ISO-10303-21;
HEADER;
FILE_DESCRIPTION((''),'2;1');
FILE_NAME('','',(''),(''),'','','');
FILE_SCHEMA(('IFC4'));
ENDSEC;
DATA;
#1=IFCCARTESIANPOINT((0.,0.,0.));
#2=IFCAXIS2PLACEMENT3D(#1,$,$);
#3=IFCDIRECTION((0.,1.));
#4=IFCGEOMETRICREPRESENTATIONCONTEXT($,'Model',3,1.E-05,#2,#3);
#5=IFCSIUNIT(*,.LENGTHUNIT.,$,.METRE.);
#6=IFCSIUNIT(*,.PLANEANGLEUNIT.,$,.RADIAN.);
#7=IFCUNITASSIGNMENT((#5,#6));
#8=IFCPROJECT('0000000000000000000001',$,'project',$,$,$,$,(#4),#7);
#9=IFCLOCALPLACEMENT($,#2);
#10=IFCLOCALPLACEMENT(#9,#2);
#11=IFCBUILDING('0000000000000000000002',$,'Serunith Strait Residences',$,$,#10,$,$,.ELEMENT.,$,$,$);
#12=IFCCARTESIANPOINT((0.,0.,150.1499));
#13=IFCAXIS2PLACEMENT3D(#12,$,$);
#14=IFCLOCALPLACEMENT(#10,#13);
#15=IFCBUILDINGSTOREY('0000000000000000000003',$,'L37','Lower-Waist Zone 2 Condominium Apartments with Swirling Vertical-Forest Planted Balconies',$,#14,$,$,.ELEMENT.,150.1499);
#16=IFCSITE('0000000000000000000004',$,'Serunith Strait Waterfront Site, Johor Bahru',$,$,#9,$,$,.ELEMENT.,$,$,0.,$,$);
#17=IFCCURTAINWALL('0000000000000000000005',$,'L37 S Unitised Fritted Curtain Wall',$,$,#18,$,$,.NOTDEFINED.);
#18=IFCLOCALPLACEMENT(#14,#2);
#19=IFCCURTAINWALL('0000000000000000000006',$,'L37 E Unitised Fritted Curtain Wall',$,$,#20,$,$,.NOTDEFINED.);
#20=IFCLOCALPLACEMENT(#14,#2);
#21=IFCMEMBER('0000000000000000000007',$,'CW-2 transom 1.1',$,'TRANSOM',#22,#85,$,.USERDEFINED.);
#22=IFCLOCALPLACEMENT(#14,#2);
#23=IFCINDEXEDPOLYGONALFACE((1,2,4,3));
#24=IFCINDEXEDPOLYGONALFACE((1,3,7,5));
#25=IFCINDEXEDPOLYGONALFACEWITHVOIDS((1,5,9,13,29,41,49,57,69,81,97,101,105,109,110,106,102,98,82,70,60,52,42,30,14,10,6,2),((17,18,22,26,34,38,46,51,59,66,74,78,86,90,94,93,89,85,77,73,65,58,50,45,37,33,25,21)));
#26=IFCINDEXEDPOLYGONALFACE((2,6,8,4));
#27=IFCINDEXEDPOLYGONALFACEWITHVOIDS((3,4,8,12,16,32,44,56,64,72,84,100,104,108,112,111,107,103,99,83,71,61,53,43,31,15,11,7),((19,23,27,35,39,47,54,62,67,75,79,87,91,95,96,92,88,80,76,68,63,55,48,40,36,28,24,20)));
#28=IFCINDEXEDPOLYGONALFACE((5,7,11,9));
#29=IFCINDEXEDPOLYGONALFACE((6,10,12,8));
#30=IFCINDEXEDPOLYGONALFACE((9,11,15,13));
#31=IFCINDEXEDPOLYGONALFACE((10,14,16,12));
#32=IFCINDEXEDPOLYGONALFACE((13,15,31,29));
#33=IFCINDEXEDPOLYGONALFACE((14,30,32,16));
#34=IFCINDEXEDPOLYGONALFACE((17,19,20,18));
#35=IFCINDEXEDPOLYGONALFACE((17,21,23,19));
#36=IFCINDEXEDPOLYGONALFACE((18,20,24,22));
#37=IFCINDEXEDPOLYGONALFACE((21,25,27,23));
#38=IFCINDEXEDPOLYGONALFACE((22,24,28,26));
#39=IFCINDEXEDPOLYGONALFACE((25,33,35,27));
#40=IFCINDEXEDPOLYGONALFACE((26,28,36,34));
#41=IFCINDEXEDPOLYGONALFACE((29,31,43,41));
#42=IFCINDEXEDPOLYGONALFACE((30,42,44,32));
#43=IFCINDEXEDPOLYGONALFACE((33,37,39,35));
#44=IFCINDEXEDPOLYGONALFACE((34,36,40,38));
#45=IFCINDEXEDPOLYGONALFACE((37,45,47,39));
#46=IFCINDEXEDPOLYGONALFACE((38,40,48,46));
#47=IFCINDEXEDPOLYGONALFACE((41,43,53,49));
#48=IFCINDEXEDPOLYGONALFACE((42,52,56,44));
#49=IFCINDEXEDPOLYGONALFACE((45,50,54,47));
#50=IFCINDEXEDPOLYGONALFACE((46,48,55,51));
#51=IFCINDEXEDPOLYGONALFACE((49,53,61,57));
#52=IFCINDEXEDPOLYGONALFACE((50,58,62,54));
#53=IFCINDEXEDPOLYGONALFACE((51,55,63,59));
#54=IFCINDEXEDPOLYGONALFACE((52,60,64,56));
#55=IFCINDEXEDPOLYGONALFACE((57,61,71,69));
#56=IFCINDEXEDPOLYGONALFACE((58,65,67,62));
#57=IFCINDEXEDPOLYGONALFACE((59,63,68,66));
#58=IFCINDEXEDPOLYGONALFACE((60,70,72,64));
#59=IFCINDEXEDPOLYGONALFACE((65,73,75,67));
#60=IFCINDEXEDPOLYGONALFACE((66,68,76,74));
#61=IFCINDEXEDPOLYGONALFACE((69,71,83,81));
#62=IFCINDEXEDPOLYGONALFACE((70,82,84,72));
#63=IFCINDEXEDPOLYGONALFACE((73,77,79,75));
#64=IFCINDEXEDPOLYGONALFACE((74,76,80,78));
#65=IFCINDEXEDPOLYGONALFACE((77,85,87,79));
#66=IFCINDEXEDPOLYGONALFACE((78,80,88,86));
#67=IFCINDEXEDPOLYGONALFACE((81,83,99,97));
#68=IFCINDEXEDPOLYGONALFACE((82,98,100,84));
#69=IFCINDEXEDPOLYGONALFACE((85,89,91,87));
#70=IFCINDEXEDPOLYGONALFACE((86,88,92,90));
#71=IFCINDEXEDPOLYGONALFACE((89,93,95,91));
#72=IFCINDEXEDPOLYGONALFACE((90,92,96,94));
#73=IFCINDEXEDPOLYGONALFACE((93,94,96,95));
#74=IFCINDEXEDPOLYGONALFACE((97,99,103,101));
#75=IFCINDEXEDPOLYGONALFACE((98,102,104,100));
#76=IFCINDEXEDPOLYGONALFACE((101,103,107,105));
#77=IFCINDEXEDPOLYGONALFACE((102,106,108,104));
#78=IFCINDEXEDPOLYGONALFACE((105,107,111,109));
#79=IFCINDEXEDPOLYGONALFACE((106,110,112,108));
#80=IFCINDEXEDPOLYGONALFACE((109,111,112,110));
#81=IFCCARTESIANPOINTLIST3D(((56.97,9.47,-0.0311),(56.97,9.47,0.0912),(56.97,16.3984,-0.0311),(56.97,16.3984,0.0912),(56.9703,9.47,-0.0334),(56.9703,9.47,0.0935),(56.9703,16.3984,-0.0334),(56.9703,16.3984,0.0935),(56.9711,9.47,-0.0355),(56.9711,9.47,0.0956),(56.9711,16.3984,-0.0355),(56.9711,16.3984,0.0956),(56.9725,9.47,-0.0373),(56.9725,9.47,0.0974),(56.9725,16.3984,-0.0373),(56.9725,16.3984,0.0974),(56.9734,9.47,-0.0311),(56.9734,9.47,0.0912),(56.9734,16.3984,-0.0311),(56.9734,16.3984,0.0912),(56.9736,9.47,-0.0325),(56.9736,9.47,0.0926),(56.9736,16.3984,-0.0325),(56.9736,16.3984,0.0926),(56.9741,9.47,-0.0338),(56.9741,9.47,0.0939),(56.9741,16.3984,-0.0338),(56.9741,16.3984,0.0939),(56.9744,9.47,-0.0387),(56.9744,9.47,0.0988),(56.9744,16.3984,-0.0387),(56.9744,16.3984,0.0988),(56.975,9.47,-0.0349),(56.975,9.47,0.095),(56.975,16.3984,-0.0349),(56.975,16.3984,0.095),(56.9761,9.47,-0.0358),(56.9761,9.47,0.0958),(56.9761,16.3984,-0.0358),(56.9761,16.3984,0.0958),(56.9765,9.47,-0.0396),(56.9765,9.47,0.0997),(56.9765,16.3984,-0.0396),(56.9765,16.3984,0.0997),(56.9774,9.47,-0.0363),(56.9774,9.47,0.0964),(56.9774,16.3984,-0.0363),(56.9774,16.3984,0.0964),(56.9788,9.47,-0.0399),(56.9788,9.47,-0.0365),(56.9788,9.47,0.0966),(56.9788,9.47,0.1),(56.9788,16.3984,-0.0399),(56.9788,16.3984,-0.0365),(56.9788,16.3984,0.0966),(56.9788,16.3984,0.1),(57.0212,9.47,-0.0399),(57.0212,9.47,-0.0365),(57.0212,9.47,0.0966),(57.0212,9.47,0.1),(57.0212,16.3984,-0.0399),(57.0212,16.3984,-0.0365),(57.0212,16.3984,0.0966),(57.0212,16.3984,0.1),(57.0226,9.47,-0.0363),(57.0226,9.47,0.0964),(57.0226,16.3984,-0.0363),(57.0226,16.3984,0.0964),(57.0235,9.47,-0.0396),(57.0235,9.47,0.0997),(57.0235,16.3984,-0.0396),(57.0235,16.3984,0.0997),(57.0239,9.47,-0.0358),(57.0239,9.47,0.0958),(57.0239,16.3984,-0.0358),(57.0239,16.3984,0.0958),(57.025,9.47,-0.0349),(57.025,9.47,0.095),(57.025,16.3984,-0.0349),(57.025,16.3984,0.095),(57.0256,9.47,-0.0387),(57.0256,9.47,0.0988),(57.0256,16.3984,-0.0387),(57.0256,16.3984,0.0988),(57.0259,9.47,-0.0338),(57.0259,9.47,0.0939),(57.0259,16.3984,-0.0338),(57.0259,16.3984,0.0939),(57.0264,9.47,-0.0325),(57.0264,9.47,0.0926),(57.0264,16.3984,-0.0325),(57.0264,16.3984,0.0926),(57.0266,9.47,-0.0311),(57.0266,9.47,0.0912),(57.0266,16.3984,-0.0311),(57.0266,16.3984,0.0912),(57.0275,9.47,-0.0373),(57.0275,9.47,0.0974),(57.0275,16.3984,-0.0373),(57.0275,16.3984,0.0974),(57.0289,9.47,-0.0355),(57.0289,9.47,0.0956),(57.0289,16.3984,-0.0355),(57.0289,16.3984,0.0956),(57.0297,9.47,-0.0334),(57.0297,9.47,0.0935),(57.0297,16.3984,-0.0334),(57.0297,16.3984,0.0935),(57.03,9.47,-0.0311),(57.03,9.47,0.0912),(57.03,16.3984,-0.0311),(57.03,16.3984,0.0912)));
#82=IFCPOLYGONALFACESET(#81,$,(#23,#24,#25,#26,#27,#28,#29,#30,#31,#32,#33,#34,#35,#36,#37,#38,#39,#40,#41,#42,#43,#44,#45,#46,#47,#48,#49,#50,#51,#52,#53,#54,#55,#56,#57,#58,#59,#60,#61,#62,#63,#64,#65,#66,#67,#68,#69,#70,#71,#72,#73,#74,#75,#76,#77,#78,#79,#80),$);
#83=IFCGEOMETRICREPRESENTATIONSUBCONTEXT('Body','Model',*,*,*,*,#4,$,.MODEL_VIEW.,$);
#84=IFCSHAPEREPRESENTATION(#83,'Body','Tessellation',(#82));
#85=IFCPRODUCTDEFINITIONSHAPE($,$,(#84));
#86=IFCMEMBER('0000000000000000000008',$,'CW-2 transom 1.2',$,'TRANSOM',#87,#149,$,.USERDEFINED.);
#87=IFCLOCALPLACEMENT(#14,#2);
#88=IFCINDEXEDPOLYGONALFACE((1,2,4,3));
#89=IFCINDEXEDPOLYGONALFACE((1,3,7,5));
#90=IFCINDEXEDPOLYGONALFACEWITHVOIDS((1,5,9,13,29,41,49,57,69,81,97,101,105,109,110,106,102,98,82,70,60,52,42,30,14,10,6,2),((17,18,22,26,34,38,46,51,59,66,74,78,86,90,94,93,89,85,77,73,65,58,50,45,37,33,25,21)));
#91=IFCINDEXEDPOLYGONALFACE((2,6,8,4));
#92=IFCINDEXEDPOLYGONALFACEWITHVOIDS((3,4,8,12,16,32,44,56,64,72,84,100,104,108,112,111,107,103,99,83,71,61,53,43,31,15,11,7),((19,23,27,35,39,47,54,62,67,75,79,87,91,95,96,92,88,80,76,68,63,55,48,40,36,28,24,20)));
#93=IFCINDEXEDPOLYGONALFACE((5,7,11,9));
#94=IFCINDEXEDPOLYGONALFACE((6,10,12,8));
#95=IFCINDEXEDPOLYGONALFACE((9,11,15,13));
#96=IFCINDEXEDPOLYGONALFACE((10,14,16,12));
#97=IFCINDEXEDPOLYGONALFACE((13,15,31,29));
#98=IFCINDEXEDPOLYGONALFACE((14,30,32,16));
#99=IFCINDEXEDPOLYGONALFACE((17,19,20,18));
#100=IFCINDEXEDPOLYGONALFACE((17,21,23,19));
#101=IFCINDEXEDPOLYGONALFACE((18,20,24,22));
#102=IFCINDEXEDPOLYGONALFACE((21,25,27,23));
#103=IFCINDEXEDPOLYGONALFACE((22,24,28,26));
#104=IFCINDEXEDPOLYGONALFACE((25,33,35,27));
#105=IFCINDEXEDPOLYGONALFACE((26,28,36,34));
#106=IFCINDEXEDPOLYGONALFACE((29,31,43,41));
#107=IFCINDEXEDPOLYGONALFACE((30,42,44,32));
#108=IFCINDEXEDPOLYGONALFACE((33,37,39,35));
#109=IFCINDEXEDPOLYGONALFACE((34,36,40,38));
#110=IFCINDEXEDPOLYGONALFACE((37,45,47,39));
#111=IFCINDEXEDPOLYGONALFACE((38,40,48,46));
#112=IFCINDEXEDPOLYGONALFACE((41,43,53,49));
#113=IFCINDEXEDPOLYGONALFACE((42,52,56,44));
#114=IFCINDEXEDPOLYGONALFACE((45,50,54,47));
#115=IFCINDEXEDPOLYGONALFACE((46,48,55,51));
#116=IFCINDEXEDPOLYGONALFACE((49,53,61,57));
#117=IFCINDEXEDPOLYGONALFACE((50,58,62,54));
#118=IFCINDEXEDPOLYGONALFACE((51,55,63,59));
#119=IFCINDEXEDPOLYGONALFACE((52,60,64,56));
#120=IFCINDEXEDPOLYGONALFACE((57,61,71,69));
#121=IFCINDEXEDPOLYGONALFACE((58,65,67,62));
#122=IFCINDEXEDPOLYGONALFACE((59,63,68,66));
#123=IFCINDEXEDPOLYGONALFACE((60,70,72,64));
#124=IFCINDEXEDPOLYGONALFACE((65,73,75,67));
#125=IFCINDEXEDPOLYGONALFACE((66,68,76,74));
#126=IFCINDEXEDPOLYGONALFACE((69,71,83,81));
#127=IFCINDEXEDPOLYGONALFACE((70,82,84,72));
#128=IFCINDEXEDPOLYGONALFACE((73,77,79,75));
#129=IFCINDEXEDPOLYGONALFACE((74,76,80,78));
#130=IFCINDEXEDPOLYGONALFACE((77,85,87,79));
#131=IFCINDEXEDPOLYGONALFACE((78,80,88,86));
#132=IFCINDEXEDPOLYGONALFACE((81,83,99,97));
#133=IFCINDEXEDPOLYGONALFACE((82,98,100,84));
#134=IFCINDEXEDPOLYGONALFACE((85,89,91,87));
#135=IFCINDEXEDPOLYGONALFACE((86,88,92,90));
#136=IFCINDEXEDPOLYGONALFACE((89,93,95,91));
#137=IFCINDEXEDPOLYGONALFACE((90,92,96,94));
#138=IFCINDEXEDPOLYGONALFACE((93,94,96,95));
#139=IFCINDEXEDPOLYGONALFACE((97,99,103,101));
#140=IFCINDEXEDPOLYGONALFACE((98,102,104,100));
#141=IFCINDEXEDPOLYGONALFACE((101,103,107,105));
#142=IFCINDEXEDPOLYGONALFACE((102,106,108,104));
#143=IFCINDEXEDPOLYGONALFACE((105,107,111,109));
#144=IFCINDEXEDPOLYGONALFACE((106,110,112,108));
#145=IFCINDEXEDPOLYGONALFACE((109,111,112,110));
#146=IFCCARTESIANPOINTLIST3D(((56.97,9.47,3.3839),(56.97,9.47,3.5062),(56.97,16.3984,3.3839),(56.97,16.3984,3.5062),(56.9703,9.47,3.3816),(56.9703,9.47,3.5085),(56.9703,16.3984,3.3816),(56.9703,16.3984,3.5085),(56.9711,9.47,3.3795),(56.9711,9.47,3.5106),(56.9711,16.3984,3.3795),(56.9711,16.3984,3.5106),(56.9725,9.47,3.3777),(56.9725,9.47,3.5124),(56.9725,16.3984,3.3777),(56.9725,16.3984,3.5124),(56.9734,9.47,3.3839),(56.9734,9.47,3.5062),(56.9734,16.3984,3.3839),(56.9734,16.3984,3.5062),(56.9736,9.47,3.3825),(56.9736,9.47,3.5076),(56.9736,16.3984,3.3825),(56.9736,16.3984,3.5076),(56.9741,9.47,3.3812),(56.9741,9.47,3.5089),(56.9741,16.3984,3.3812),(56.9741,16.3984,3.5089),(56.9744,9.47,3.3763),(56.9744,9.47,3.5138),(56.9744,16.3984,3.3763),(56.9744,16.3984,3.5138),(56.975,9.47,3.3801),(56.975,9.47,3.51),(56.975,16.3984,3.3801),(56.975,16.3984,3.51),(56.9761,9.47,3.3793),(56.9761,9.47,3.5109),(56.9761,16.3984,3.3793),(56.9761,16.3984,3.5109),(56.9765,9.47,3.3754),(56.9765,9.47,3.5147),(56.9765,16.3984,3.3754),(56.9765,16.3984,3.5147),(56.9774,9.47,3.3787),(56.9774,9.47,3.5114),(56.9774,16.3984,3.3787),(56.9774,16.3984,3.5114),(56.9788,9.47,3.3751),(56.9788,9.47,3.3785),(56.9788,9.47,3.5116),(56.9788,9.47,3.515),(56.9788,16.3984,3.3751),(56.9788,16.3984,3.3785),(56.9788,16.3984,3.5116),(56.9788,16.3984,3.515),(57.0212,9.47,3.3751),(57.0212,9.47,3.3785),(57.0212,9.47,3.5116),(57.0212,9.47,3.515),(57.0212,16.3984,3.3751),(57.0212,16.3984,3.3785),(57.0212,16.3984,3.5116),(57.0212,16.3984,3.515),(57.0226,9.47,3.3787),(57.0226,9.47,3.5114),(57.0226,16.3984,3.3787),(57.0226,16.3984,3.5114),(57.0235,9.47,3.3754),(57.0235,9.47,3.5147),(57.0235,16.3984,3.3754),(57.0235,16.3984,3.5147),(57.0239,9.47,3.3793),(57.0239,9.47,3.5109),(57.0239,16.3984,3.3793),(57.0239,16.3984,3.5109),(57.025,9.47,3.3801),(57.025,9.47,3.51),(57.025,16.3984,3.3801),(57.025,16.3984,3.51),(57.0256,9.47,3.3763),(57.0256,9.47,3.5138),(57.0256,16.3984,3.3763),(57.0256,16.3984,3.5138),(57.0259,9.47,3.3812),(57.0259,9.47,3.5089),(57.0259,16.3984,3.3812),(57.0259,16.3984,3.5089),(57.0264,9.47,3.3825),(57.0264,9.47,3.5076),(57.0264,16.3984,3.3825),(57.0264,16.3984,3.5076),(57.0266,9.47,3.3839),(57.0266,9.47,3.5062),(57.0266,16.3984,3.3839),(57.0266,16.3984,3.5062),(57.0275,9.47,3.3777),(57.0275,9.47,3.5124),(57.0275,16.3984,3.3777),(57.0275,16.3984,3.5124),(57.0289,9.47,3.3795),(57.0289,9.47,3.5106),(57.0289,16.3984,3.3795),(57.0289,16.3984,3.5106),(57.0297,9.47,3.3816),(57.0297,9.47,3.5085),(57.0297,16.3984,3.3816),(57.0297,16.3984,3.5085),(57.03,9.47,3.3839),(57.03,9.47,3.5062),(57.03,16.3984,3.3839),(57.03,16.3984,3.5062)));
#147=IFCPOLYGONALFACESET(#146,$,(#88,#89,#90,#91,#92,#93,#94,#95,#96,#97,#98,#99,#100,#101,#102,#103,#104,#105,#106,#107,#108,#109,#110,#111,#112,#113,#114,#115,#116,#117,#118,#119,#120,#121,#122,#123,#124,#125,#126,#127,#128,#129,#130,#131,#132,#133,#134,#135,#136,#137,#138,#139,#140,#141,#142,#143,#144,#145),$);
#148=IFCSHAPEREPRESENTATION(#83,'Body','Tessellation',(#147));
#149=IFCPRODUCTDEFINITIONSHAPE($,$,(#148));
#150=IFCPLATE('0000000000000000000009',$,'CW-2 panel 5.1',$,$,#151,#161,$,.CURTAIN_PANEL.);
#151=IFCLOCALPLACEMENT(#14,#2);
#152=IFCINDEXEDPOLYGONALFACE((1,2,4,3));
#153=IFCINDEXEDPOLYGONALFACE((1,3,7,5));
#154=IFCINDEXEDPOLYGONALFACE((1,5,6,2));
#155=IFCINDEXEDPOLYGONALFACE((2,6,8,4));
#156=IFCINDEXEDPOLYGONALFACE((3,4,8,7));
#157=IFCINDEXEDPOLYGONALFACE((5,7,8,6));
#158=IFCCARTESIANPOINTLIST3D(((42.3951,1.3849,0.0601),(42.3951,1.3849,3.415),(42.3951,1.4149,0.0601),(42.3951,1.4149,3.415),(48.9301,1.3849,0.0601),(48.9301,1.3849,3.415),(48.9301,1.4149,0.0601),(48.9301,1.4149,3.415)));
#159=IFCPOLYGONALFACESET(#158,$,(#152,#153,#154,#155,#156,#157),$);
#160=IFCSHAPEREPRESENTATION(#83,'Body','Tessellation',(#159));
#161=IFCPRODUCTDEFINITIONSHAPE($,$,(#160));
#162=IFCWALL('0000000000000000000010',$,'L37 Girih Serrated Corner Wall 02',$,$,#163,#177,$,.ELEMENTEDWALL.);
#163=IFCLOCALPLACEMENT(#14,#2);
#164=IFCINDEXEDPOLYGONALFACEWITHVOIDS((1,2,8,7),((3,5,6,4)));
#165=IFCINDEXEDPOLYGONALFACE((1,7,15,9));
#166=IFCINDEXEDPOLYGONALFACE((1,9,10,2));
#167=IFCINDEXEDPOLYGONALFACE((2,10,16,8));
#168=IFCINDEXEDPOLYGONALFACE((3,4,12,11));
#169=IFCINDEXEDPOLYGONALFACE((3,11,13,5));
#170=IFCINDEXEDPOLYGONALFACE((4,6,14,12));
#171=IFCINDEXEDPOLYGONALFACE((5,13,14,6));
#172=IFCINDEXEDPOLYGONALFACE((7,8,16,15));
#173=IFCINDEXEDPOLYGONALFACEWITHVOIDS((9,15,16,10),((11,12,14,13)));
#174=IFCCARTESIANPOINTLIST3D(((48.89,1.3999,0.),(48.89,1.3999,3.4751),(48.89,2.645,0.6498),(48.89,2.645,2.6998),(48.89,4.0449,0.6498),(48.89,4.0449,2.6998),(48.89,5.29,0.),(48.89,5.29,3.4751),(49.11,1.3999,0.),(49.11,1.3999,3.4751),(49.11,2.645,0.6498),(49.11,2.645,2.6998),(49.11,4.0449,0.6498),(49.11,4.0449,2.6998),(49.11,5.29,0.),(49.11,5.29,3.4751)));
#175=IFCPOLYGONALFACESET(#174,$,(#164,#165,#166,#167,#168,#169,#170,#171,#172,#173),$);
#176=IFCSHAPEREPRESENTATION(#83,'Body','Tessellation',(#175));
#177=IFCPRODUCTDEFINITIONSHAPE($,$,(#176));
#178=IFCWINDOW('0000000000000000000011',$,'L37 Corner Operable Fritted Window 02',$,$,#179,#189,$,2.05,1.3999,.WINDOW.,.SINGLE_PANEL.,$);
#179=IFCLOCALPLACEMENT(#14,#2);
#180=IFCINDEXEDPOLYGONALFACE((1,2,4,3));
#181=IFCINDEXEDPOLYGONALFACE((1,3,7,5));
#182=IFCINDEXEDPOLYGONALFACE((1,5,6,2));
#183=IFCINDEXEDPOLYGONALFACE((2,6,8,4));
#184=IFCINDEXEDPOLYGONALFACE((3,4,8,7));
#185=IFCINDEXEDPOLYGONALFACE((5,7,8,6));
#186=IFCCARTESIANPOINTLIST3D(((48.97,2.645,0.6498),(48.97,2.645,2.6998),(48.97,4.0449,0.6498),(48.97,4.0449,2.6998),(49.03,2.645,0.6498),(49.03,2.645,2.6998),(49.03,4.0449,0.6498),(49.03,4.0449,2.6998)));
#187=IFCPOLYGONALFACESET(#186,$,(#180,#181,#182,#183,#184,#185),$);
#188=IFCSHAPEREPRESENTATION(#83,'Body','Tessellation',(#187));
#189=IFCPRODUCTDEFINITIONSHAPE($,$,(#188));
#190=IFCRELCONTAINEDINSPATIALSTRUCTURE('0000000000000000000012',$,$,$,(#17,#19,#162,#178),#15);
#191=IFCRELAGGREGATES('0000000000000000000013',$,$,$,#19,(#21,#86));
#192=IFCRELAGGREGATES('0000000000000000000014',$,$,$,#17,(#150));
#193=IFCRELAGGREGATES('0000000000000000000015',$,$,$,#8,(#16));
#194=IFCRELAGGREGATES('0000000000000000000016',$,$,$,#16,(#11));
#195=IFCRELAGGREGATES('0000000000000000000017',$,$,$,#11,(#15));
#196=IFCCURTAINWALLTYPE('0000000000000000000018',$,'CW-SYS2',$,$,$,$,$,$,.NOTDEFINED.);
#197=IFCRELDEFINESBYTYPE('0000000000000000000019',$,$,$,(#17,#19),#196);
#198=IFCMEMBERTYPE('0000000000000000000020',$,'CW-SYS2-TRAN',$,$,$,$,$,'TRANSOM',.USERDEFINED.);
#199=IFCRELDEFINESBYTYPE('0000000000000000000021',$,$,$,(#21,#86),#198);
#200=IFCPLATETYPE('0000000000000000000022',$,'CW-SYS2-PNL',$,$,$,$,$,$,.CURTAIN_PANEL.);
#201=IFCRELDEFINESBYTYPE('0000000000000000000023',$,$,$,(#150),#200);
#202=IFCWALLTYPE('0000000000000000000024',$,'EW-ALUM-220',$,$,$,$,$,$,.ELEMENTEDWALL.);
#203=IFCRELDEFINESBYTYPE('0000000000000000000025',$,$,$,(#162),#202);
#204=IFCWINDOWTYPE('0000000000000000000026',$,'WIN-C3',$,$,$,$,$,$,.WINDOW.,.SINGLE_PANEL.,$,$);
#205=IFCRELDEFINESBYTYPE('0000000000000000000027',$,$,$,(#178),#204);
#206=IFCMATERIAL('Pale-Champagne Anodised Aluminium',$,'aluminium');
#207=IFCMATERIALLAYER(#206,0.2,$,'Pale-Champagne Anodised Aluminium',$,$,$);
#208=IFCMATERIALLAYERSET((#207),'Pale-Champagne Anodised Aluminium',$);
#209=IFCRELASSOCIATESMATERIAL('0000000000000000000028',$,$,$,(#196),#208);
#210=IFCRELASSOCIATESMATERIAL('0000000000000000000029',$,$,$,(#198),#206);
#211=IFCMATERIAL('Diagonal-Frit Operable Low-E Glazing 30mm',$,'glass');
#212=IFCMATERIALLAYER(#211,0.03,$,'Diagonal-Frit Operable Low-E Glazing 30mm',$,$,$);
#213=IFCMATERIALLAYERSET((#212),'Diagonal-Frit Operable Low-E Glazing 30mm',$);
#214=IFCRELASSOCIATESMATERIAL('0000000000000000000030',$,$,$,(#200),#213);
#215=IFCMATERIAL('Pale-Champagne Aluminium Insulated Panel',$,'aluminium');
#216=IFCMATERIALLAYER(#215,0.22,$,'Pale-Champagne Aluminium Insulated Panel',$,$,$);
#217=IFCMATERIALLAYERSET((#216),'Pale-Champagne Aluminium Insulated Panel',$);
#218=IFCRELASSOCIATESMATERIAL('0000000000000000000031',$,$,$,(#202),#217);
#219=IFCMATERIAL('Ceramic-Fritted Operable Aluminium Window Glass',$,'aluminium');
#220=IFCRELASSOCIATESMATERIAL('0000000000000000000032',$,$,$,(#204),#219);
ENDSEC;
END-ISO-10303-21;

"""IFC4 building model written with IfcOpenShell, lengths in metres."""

from ifc_helpers import new_model, si_unit, direction, frame, frame_2d, origin, origin_2d, place, context, subcontext, project, spatial, rectangle, hollow_rectangle, extrude, source, transform, mapped, material, layer, layer_set, material_profile, profile_set, type_object, element, fill, aggregate, save


model = new_model("IFC4")

# Units and contexts
model_context = context("Model", 3, precision=1e-05, world=origin(), true_north=direction((0.0, 1.0)))
body_context = subcontext(model_context, "Body", "Model", "MODEL_VIEW")
ifc_project = project(units=[si_unit("LENGTHUNIT", "METRE"), si_unit("PLANEANGLEUNIT", "RADIAN")], contexts=[model_context])

# Site, building, storey
site_placement = place(None, origin())
site = spatial("IfcSite", under=ifc_project, at=site_placement, Name="Serunith Strait Waterfront Site, Johor Bahru", CompositionType="ELEMENT", RefElevation=0.0)
building_placement = place(site_placement, origin())
building = spatial("IfcBuilding", under=site, at=building_placement, Name="Serunith Strait Residences", CompositionType="ELEMENT")
storey_placement = place(building_placement, frame((0.0, 0.0, 150.1499)))
storey = spatial("IfcBuildingStorey", under=building, at=storey_placement, Name="L37", Description="Lower-Waist Zone 2 Condominium Apartments with Swirling Vertical-Forest Planted Balconies", CompositionType="ELEMENT", Elevation=150.1499)

# Curtain wall
ifc_material_1 = material(Name="Pale-Champagne Anodised Aluminium", Category="aluminium")
ifc_layer_1 = layer(ifc_material_1, 0.2, Name="Pale-Champagne Anodised Aluminium")
ifc_layer_set_1 = layer_set([ifc_layer_1], Name="Pale-Champagne Anodised Aluminium")
curtain_wall_type = type_object("IfcCurtainWallType", Name="CW-SYS2", PredefinedType="NOTDEFINED", material=ifc_layer_set_1)
curtain_wall_1_placement = place(storey_placement, origin())
curtain_wall_1 = element("IfcCurtainWall", 1, at=curtain_wall_1_placement, inside=storey, type_object=curtain_wall_type, Name="L37 S Unitised Fritted Curtain Wall", PredefinedType="NOTDEFINED")

# Curtain wall, members
curtain_wall_2_placement = place(storey_placement, origin())
curtain_wall_2 = element("IfcCurtainWall", 2, at=curtain_wall_2_placement, inside=storey, type_object=curtain_wall_type, Name="L37 E Unitised Fritted Curtain Wall", PredefinedType="NOTDEFINED")
ifc_material_profile_1 = material_profile(ifc_material_1, hollow_rectangle(XDim=0.0601, YDim=0.1399, WallThickness=0.0034, InnerFilletRadius=0.0054, OuterFilletRadius=0.0088, at=origin_2d()), Name="ALU 140x60x3.5")
ifc_profile_set_1 = profile_set([ifc_material_profile_1], Name="Pale-Champagne Anodised Aluminium")
member_type_1 = type_object("IfcMemberType", Name="CW-SYS2-TRAN", ElementType="TRANSOM", PredefinedType="USERDEFINED", material=ifc_profile_set_1)
shared_shape_1 = source(origin(), body_context, "Body", "SweptSolid", [
    extrude(hollow_rectangle(XDim=0.0601, YDim=0.1399, WallThickness=0.0034, InnerFilletRadius=0.0054, OuterFilletRadius=0.0088, at=origin_2d()), origin(), (0.0, 0.0, 1.0), 6.9285),
])
member_1_placement = place(storey_placement, frame((57.0, 9.47, 0.03), z_axis=(0.0, 1.0, 0.0), x_axis=(-1.0, 0.0, 0.0)))
member_1 = element("IfcMember", 3, at=member_1_placement, type_object=member_type_1, Name="CW-2 transom 1.1", ObjectType="TRANSOM", PredefinedType="USERDEFINED", context=body_context, shape_type="MappedRepresentation", body=[
    mapped(shared_shape_1, transform((0.0, 0.0, 0.0), scale=1.0)),
])
member_2_placement = place(storey_placement, frame((57.0, 9.47, 3.4451), z_axis=(0.0, 1.0, 0.0), x_axis=(-1.0, 0.0, 0.0)))
member_2 = element("IfcMember", 4, at=member_2_placement, type_object=member_type_1, Name="CW-2 transom 1.2", ObjectType="TRANSOM", PredefinedType="USERDEFINED", context=body_context, shape_type="MappedRepresentation", body=[
    mapped(shared_shape_1, transform((0.0, 0.0, 0.0), scale=1.0)),
])
aggregate(curtain_wall_2, [member_1, member_2])

# Plate
ifc_material_2 = material(Name="Diagonal-Frit Operable Low-E Glazing 30mm", Category="glass")
ifc_layer_2 = layer(ifc_material_2, 0.03, Name="Diagonal-Frit Operable Low-E Glazing 30mm")
ifc_layer_set_2 = layer_set([ifc_layer_2], Name="Diagonal-Frit Operable Low-E Glazing 30mm")
plate_type = type_object("IfcPlateType", Name="CW-SYS2-PNL", PredefinedType="CURTAIN_PANEL", material=ifc_layer_set_2)
shared_shape_2 = source(origin(), body_context, "Body", "SweptSolid", [
    extrude(rectangle(XDim=6.5349, YDim=0.03, at=origin_2d()), origin(), (0.0, 0.0, 1.0), 3.355),
])
plate_placement = place(storey_placement, frame((45.6626, 1.3999, 0.0601), z_axis=(0.0, 0.0, 1.0), x_axis=(1.0, 0.0, 0.0)))
plate = element("IfcPlate", 5, at=plate_placement, type_object=plate_type, Name="CW-2 panel 5.1", PredefinedType="CURTAIN_PANEL", context=body_context, shape_type="MappedRepresentation", body=[
    mapped(shared_shape_2, transform((0.0, 0.0, 0.0), scale=1.0)),
])
aggregate(curtain_wall_1, [plate])

# Wall, opening, window
ifc_material_3 = material(Name="Pale-Champagne Aluminium Insulated Panel", Category="aluminium")
ifc_layer_3 = layer(ifc_material_3, 0.22, Name="Pale-Champagne Aluminium Insulated Panel")
ifc_layer_set_3 = layer_set([ifc_layer_3], Name="Pale-Champagne Aluminium Insulated Panel")
wall_type_1 = type_object("IfcWallType", Name="EW-ALUM-220", PredefinedType="ELEMENTEDWALL", material=ifc_layer_set_3)
wall_1_placement = place(storey_placement, frame((49.0, 1.3999, 0.0), z_axis=(0.0, 0.0, 1.0), x_axis=(0.0, 1.0, 0.0)))
wall_1 = element("IfcWall", 6, at=wall_1_placement, inside=storey, type_object=wall_type_1, Name="L37 Girih Serrated Corner Wall 02", PredefinedType="ELEMENTEDWALL", context=body_context, shape_type="SweptSolid", body=[
    extrude(rectangle(XDim=3.8901, YDim=0.22, at=frame_2d((1.9451, 0.0))), origin(), (0.0, 0.0, 1.0), 3.4751),
])
opening_1_placement = place(wall_1_placement, frame((1.2451, 0.0, 0.6499)))
opening_1 = element("IfcOpeningElement", 7, at=opening_1_placement, cuts=wall_1, PredefinedType="OPENING", context=body_context, shape_type="SweptSolid", body=[
    extrude(rectangle(XDim=1.3999, YDim=2.05, at=frame_2d((0.7, 1.0249))), frame((0.0, 0.1201, 0.0), z_axis=(0.0, -1.0, 0.0), x_axis=(1.0, 0.0, 0.0)), (0.0, 0.0, 1.0), 0.24),
])
ifc_material_4 = material(Name="Ceramic-Fritted Operable Aluminium Window Glass", Category="aluminium")
window_type = type_object("IfcWindowType", Name="WIN-C3", PartitioningType="SINGLE_PANEL", PredefinedType="WINDOW", material=ifc_material_4)
shared_shape_3 = source(origin(), body_context, "Body", "SweptSolid", [
    extrude(rectangle(XDim=1.3999, YDim=2.05, at=frame_2d((0.7, 1.0249))), frame((0.0, 0.03, 0.0), z_axis=(0.0, -1.0, 0.0), x_axis=(1.0, 0.0, 0.0)), (0.0, 0.0, 1.0), 0.0601),
])
window_1_placement = place(opening_1_placement, origin())
window_1 = element("IfcWindow", 8, at=window_1_placement, inside=storey, type_object=window_type, Name="L37 Corner Operable Fritted Window 02", OverallHeight=2.05, OverallWidth=1.3999, PartitioningType="SINGLE_PANEL", PredefinedType="WINDOW", context=body_context, shape_type="MappedRepresentation", body=[
    mapped(shared_shape_3, transform((0.0, 0.0, 0.0), scale=1.0)),
])
fill(opening_1, window_1)

save(model, "model.ifc")
